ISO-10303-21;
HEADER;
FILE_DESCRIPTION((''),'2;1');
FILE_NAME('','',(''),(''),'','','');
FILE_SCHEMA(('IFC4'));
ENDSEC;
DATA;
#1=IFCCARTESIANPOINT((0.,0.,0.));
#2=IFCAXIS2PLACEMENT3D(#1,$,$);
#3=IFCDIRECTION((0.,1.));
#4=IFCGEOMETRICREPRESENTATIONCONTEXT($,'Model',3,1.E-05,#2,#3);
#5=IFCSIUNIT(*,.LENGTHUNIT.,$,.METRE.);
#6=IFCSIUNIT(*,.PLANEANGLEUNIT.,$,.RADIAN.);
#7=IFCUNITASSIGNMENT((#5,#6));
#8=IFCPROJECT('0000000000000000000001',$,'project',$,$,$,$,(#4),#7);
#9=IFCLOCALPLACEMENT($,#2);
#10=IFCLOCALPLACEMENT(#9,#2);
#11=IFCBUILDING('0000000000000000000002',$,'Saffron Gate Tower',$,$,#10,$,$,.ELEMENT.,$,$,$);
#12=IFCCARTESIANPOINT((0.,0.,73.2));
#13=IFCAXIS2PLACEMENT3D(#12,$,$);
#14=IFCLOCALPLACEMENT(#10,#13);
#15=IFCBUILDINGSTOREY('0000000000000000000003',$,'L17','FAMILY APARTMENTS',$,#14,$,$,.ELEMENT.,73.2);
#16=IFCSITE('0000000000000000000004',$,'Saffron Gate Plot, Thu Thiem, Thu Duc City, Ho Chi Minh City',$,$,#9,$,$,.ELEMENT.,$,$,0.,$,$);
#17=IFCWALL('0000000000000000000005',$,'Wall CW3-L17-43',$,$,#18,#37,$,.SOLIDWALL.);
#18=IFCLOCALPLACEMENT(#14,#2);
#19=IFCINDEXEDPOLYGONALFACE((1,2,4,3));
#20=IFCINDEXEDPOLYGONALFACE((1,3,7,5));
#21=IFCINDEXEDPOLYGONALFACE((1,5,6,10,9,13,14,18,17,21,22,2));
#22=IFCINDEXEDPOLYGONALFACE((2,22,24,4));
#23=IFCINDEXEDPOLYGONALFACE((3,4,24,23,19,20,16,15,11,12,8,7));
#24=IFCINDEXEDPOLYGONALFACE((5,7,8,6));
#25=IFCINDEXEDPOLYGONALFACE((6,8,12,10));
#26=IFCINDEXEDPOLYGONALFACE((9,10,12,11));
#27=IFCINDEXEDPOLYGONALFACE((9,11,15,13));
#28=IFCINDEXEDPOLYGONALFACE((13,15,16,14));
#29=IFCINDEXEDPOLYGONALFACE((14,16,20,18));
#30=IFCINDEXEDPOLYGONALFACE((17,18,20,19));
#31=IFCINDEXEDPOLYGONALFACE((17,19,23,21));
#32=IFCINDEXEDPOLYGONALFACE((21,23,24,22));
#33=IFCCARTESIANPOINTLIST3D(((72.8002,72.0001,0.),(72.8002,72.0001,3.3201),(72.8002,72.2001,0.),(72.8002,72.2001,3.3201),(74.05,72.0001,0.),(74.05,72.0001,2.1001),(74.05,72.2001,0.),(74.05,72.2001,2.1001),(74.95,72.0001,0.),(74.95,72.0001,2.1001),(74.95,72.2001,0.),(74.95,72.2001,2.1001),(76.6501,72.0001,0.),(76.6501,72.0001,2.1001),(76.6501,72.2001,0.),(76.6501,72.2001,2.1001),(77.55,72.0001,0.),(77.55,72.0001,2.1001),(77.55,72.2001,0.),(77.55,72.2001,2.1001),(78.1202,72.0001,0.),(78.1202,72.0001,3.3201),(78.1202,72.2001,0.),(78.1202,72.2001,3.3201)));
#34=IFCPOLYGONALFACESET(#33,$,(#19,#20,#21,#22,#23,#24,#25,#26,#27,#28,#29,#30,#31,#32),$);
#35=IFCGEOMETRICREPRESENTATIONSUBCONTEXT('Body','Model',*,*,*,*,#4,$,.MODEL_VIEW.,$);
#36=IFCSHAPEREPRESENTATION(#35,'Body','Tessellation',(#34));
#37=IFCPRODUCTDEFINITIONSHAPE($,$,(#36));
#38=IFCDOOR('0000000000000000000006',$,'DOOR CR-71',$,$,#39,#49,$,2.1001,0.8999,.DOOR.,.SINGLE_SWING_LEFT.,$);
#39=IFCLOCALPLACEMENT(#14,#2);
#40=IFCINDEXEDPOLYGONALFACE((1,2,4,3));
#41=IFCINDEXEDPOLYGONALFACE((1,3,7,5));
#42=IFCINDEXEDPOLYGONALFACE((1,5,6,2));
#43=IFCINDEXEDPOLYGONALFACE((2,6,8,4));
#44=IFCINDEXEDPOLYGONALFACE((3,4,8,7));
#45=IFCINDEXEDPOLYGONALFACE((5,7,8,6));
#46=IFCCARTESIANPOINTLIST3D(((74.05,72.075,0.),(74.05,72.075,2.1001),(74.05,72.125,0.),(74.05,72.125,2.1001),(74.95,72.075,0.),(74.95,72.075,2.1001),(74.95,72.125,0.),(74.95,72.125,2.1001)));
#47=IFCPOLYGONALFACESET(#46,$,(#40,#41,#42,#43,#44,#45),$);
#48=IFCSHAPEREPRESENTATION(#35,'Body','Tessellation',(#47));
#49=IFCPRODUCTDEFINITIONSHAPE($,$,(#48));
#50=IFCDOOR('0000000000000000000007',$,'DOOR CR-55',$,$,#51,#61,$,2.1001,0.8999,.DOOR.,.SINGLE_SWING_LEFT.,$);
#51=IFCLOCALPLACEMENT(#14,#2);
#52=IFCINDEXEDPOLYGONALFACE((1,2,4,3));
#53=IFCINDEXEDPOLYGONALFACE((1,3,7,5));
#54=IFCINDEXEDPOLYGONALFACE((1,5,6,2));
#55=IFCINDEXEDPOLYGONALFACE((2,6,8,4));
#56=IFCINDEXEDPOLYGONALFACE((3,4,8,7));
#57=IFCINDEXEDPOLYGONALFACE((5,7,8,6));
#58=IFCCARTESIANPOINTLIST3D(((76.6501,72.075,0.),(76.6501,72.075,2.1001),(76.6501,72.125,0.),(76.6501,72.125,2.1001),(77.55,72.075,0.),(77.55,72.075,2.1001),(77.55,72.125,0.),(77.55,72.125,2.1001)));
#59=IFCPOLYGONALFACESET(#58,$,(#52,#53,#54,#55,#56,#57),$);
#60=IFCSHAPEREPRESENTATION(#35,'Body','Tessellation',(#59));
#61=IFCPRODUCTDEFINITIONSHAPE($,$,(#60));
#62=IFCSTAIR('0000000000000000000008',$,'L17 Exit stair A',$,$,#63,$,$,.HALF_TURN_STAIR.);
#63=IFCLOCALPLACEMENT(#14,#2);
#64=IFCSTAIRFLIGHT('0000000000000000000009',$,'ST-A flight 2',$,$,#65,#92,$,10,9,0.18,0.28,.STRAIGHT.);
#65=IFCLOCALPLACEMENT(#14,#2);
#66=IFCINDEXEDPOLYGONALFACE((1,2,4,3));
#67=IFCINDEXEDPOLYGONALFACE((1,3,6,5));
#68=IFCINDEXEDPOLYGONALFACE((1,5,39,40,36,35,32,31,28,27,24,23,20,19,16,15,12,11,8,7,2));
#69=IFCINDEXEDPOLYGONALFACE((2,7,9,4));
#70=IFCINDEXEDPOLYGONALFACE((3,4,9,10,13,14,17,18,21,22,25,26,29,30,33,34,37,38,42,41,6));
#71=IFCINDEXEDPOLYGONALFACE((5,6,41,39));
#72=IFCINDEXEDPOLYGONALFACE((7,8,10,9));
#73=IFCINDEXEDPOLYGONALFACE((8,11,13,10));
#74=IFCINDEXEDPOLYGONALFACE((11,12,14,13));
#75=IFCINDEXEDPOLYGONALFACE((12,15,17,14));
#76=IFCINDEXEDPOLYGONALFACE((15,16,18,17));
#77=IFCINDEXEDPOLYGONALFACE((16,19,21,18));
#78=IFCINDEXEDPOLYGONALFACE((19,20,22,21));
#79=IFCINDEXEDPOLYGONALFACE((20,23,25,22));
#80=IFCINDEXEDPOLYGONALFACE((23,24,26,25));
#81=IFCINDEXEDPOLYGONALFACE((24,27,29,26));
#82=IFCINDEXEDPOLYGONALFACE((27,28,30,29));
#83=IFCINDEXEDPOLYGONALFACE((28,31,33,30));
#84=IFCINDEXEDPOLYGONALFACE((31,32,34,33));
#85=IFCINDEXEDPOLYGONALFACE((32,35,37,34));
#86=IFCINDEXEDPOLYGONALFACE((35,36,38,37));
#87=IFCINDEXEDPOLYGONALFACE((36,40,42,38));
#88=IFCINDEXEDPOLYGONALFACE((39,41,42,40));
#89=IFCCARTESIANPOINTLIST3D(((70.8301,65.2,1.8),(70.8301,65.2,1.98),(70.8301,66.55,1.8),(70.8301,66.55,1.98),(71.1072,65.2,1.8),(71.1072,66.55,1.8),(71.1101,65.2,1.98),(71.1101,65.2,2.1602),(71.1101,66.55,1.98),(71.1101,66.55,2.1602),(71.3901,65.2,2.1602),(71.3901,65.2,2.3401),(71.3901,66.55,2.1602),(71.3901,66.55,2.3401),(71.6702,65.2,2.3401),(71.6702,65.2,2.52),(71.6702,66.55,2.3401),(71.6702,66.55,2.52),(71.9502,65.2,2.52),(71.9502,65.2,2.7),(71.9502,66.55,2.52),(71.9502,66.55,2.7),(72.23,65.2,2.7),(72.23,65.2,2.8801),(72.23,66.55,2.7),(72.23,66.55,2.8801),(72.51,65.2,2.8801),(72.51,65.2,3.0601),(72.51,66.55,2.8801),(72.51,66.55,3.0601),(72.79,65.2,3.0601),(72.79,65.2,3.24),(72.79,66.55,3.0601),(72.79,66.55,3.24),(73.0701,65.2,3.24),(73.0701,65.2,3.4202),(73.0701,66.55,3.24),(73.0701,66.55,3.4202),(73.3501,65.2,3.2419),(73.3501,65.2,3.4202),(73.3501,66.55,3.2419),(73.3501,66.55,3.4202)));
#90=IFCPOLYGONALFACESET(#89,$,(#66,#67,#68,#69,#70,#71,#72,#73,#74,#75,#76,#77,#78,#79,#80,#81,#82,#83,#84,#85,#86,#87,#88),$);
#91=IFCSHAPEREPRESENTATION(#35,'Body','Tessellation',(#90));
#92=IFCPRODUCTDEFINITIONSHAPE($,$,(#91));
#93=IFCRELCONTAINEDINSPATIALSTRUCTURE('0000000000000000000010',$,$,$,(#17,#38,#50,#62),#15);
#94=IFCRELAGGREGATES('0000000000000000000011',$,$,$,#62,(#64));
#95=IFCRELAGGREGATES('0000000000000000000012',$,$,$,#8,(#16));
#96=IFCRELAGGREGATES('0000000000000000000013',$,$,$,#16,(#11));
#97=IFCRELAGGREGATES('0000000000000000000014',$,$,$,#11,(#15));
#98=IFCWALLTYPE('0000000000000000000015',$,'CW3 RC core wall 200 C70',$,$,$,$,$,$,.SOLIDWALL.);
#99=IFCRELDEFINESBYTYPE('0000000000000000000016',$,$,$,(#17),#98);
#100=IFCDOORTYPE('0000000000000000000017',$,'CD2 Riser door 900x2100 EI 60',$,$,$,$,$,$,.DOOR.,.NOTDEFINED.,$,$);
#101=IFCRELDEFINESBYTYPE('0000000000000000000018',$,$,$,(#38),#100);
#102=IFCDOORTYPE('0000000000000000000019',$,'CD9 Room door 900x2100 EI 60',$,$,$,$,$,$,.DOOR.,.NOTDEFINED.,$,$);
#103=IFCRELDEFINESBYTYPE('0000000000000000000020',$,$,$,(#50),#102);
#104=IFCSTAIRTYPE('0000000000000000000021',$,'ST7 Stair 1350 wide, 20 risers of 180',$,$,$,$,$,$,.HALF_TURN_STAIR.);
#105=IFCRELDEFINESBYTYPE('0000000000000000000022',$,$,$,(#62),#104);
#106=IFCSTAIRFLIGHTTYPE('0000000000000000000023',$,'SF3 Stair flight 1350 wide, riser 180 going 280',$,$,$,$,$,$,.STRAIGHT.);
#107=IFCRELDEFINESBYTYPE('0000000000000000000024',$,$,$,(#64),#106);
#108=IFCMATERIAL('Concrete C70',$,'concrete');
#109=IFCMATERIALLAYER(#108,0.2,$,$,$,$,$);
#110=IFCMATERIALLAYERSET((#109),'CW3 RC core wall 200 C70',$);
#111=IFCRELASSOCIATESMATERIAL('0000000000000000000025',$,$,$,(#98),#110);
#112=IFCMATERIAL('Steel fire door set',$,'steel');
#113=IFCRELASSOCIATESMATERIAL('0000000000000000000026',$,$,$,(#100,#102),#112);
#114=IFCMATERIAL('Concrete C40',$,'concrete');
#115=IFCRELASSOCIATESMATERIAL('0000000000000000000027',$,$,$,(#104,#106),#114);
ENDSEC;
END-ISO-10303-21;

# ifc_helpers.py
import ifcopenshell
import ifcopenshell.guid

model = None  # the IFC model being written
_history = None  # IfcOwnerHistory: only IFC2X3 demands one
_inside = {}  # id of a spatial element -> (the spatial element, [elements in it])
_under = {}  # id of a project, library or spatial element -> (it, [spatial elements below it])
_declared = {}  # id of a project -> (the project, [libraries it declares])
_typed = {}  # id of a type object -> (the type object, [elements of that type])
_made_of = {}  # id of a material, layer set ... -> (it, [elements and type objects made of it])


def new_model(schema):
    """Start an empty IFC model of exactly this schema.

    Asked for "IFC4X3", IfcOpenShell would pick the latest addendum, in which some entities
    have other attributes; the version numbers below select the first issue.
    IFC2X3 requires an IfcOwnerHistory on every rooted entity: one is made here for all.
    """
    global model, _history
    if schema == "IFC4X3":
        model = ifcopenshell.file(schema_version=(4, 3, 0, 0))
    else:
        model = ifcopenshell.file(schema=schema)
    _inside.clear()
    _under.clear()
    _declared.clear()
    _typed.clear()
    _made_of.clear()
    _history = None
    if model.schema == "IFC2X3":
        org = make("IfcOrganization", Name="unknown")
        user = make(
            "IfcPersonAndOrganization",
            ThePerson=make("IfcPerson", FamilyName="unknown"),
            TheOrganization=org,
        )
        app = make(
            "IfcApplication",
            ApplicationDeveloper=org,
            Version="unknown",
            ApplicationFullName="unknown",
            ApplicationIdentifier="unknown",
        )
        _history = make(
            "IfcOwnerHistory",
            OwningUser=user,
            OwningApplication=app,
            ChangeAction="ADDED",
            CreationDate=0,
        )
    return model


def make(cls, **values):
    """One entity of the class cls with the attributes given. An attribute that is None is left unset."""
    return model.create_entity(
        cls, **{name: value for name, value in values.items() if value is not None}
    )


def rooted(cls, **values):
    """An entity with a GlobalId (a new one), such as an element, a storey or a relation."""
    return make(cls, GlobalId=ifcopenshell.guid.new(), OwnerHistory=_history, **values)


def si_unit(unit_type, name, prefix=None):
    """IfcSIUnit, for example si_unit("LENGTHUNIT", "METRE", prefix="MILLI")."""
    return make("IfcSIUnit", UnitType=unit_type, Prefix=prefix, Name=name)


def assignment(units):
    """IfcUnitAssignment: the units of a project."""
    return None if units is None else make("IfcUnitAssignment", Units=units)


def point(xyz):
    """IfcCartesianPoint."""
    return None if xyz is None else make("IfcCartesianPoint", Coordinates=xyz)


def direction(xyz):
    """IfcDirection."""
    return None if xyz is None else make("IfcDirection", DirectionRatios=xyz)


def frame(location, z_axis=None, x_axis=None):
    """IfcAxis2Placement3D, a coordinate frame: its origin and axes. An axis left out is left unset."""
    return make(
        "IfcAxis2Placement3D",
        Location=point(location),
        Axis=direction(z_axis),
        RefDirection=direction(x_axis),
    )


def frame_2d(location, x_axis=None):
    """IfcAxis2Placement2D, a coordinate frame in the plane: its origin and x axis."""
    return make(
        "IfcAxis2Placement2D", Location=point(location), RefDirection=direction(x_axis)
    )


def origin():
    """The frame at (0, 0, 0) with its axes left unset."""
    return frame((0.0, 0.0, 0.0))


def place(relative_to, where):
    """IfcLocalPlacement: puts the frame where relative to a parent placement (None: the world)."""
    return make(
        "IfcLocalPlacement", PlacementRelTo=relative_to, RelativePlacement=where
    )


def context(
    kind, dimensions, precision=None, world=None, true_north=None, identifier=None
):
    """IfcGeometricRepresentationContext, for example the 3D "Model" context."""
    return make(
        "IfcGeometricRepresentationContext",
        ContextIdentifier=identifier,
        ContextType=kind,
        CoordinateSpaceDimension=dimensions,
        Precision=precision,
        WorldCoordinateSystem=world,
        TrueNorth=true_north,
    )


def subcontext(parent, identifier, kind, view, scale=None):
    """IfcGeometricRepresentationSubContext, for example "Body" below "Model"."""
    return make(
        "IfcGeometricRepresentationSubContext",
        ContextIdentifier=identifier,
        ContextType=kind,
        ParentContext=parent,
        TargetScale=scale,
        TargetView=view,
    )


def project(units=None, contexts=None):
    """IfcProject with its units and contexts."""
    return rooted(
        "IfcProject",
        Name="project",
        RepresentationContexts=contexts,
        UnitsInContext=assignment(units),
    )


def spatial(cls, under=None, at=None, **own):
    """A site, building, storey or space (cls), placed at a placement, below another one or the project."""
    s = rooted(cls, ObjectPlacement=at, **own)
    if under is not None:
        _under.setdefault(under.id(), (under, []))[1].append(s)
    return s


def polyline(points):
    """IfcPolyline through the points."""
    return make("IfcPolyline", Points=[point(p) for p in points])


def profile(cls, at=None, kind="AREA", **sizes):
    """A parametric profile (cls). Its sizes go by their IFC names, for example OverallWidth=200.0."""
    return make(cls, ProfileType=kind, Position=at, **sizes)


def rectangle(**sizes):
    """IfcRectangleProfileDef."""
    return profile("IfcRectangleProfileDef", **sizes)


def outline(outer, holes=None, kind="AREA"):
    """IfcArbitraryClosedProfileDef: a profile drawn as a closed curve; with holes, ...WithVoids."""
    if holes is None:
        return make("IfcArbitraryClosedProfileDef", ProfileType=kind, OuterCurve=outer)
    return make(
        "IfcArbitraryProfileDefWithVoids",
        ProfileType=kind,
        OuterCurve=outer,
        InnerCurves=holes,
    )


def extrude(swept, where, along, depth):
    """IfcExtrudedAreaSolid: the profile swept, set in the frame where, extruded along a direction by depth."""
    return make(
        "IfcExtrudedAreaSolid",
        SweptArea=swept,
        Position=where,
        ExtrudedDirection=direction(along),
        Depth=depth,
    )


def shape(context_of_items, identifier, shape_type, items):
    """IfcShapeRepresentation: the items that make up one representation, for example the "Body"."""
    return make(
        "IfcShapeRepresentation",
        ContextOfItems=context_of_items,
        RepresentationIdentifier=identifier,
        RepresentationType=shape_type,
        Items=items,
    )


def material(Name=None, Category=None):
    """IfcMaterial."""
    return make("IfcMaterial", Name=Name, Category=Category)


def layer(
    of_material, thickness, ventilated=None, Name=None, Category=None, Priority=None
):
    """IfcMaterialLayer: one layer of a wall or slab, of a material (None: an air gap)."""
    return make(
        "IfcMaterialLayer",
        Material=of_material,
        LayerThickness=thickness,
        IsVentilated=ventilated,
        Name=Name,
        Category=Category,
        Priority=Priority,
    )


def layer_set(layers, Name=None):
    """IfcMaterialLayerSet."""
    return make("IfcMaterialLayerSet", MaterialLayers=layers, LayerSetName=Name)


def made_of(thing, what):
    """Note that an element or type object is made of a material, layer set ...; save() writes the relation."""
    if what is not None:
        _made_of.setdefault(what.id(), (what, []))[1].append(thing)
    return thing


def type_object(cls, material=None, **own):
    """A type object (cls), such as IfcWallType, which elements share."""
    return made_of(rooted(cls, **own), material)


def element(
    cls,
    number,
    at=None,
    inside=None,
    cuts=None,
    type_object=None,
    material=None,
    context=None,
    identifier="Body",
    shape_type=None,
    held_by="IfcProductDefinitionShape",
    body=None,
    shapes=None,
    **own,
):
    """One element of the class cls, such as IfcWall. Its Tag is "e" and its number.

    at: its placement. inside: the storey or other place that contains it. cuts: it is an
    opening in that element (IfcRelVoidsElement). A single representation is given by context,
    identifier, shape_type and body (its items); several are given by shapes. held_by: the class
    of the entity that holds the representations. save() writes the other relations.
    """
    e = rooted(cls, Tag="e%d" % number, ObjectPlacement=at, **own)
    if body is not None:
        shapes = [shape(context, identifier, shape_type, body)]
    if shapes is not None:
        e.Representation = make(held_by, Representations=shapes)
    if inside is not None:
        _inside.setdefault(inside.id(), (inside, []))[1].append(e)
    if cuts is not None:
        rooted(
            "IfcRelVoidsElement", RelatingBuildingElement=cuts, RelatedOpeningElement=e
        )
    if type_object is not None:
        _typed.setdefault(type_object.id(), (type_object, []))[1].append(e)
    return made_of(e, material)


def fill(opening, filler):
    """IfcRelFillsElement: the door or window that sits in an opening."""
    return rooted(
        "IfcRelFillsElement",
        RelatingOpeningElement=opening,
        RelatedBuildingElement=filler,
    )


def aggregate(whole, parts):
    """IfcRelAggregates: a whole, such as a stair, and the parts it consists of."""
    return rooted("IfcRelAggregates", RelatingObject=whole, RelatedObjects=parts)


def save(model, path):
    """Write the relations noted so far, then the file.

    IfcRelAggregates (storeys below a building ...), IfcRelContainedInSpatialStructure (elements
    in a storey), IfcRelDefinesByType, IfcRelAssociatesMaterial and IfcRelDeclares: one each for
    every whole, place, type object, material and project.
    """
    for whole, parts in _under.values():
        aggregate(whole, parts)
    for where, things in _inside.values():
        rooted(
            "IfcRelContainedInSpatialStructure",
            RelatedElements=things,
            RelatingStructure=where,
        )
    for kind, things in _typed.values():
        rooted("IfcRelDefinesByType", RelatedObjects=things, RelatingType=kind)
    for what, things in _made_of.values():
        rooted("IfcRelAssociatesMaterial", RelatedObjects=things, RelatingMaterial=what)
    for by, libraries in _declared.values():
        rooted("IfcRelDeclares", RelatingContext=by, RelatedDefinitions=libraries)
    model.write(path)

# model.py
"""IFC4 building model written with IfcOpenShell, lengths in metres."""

from ifc_helpers import new_model, si_unit, direction, frame, frame_2d, origin, place, context, subcontext, project, spatial, polyline, rectangle, outline, extrude, material, layer, layer_set, type_object, element, fill, aggregate, save


model = new_model("IFC4")

# Units and contexts
model_context = context("Model", 3, precision=1e-05, world=origin(), true_north=direction((0.0, 1.0)))
body_context = subcontext(model_context, "Body", "Model", "MODEL_VIEW")
ifc_project = project(units=[si_unit("LENGTHUNIT", "METRE"), si_unit("PLANEANGLEUNIT", "RADIAN")], contexts=[model_context])

# Site, building, storey
site_placement = place(None, origin())
site = spatial("IfcSite", under=ifc_project, at=site_placement, Name="Saffron Gate Plot, Thu Thiem, Thu Duc City, Ho Chi Minh City", CompositionType="ELEMENT", RefElevation=0.0)
building_placement = place(site_placement, origin())
building = spatial("IfcBuilding", under=site, at=building_placement, Name="Saffron Gate Tower", CompositionType="ELEMENT")
storey_placement = place(building_placement, frame((0.0, 0.0, 73.2)))
storey = spatial("IfcBuildingStorey", under=building, at=storey_placement, Name="L17", Description="FAMILY APARTMENTS", CompositionType="ELEMENT", Elevation=73.2)

# Shared definitions
ifc_material_1 = material(Name="Concrete C70", Category="concrete")

# Shared definitions
ifc_material_2 = material(Name="Steel fire door set", Category="steel")
ifc_layer_1 = layer(ifc_material_1, 0.2)
ifc_layer_set_1 = layer_set([ifc_layer_1], Name="CW3 RC core wall 200 C70")
wall_type_1 = type_object("IfcWallType", Name="CW3 RC core wall 200 C70", PredefinedType="SOLIDWALL", material=ifc_layer_set_1)

# Wall, openings, doors
wall_1_placement = place(storey_placement, frame((72.8, 72.1001, 0.0), z_axis=(0.0, 0.0, 1.0), x_axis=(1.0, 0.0, 0.0)))
wall_1 = element("IfcWall", 1, at=wall_1_placement, inside=storey, type_object=wall_type_1, Name="Wall CW3-L17-43", PredefinedType="SOLIDWALL", context=body_context, shape_type="SweptSolid", body=[
    extrude(rectangle(XDim=5.3201, YDim=0.2, at=frame_2d((2.6602, 0.0))), origin(), (0.0, 0.0, 1.0), 3.3201),
])
opening_1_placement = place(wall_1_placement, frame((1.25, 0.0, 0.0)))
opening_1 = element("IfcOpeningElement", 2, at=opening_1_placement, cuts=wall_1, PredefinedType="OPENING", context=body_context, shape_type="SweptSolid", body=[
    extrude(rectangle(XDim=0.8999, YDim=2.1001, at=frame_2d((0.45, 1.05))), frame((0.0, 0.1099, 0.0), z_axis=(0.0, -1.0, 0.0), x_axis=(1.0, 0.0, 0.0)), (0.0, 0.0, 1.0), 0.22),
])
opening_2_placement = place(wall_1_placement, frame((3.8501, 0.0, 0.0)))
opening_2 = element("IfcOpeningElement", 3, at=opening_2_placement, cuts=wall_1, PredefinedType="OPENING", context=body_context, shape_type="SweptSolid", body=[
    extrude(rectangle(XDim=0.8999, YDim=2.1001, at=frame_2d((0.45, 1.05))), frame((0.0, 0.1099, 0.0), z_axis=(0.0, -1.0, 0.0), x_axis=(1.0, 0.0, 0.0)), (0.0, 0.0, 1.0), 0.22),
])
door_type_1 = type_object("IfcDoorType", Name="CD2 Riser door 900x2100 EI 60", OperationType="NOTDEFINED", PredefinedType="DOOR", material=ifc_material_2)
door_1_placement = place(opening_1_placement, origin())
door_1 = element("IfcDoor", 4, at=door_1_placement, inside=storey, type_object=door_type_1, Name="DOOR CR-71", OperationType="SINGLE_SWING_LEFT", OverallHeight=2.1001, OverallWidth=0.8999, PredefinedType="DOOR", context=body_context, shape_type="SweptSolid", body=[
    extrude(rectangle(XDim=0.8999, YDim=2.1001, at=frame_2d((0.45, 1.05))), frame((0.0, 0.0249, 0.0), z_axis=(0.0, -1.0, 0.0), x_axis=(1.0, 0.0, 0.0)), (0.0, 0.0, 1.0), 0.05),
])
fill(opening_1, door_1)
door_type_2 = type_object("IfcDoorType", Name="CD9 Room door 900x2100 EI 60", OperationType="NOTDEFINED", PredefinedType="DOOR", material=ifc_material_2)
door_2_placement = place(opening_2_placement, origin())
door_2 = element("IfcDoor", 5, at=door_2_placement, inside=storey, type_object=door_type_2, Name="DOOR CR-55", OperationType="SINGLE_SWING_LEFT", OverallHeight=2.1001, OverallWidth=0.8999, PredefinedType="DOOR", context=body_context, shape_type="SweptSolid", body=[
    extrude(rectangle(XDim=0.8999, YDim=2.1001, at=frame_2d((0.45, 1.05))), frame((0.0, 0.0249, 0.0), z_axis=(0.0, -1.0, 0.0), x_axis=(1.0, 0.0, 0.0)), (0.0, 0.0, 1.0), 0.05),
])
fill(opening_2, door_2)

# Stair, stair flight
ifc_material_3 = material(Name="Concrete C40", Category="concrete")
stair_type = type_object("IfcStairType", Name="ST7 Stair 1350 wide, 20 risers of 180", PredefinedType="HALF_TURN_STAIR", material=ifc_material_3)
stair_placement = place(storey_placement, origin())
stair = element("IfcStair", 6, at=stair_placement, inside=storey, type_object=stair_type, Name="L17 Exit stair A", PredefinedType="HALF_TURN_STAIR")
stair_flight_type = type_object("IfcStairFlightType", Name="SF3 Stair flight 1350 wide, riser 180 going 280", PredefinedType="STRAIGHT", material=ifc_material_3)
stair_flight_placement = place(storey_placement, frame((70.8301, 65.875, 1.8), z_axis=(0.0, 0.0, 1.0), x_axis=(1.0, 0.0, 0.0)))
stair_flight = element("IfcStairFlight", 7, at=stair_flight_placement, type_object=stair_flight_type, Name="ST-A flight 2", NumberOfRisers=10, NumberOfTreads=9, PredefinedType="STRAIGHT", RiserHeight=0.18, TreadLength=0.28, context=body_context, shape_type="SweptSolid", body=[
    extrude(outline(polyline([(0.0, 0.0), (0.0, 0.1799), (0.28, 0.1799), (0.28, 0.3601), (0.5601, 0.3601), (0.5601, 0.54), (0.8401, 0.54), (0.8401, 0.72), (1.1201, 0.72), (1.1201, 0.8999), (1.3999, 0.8999), (1.3999, 1.0801), (1.6799, 1.0801), (1.6799, 1.26), (1.96, 1.26), (1.96, 1.4399), (2.24, 1.4399), (2.24, 1.6201), (2.52, 1.6201), (2.52, 1.8), (2.52, 1.4419), (0.2771, 0.0), (0.0, 0.0)])), frame((0.0, 0.675, 0.0), z_axis=(0.0, -1.0, 0.0), x_axis=(1.0, 0.0, 0.0)), (0.0, 0.0, 1.0), 1.3501),
])
aggregate(stair, [stair_flight])

save(model, "model.ifc")
